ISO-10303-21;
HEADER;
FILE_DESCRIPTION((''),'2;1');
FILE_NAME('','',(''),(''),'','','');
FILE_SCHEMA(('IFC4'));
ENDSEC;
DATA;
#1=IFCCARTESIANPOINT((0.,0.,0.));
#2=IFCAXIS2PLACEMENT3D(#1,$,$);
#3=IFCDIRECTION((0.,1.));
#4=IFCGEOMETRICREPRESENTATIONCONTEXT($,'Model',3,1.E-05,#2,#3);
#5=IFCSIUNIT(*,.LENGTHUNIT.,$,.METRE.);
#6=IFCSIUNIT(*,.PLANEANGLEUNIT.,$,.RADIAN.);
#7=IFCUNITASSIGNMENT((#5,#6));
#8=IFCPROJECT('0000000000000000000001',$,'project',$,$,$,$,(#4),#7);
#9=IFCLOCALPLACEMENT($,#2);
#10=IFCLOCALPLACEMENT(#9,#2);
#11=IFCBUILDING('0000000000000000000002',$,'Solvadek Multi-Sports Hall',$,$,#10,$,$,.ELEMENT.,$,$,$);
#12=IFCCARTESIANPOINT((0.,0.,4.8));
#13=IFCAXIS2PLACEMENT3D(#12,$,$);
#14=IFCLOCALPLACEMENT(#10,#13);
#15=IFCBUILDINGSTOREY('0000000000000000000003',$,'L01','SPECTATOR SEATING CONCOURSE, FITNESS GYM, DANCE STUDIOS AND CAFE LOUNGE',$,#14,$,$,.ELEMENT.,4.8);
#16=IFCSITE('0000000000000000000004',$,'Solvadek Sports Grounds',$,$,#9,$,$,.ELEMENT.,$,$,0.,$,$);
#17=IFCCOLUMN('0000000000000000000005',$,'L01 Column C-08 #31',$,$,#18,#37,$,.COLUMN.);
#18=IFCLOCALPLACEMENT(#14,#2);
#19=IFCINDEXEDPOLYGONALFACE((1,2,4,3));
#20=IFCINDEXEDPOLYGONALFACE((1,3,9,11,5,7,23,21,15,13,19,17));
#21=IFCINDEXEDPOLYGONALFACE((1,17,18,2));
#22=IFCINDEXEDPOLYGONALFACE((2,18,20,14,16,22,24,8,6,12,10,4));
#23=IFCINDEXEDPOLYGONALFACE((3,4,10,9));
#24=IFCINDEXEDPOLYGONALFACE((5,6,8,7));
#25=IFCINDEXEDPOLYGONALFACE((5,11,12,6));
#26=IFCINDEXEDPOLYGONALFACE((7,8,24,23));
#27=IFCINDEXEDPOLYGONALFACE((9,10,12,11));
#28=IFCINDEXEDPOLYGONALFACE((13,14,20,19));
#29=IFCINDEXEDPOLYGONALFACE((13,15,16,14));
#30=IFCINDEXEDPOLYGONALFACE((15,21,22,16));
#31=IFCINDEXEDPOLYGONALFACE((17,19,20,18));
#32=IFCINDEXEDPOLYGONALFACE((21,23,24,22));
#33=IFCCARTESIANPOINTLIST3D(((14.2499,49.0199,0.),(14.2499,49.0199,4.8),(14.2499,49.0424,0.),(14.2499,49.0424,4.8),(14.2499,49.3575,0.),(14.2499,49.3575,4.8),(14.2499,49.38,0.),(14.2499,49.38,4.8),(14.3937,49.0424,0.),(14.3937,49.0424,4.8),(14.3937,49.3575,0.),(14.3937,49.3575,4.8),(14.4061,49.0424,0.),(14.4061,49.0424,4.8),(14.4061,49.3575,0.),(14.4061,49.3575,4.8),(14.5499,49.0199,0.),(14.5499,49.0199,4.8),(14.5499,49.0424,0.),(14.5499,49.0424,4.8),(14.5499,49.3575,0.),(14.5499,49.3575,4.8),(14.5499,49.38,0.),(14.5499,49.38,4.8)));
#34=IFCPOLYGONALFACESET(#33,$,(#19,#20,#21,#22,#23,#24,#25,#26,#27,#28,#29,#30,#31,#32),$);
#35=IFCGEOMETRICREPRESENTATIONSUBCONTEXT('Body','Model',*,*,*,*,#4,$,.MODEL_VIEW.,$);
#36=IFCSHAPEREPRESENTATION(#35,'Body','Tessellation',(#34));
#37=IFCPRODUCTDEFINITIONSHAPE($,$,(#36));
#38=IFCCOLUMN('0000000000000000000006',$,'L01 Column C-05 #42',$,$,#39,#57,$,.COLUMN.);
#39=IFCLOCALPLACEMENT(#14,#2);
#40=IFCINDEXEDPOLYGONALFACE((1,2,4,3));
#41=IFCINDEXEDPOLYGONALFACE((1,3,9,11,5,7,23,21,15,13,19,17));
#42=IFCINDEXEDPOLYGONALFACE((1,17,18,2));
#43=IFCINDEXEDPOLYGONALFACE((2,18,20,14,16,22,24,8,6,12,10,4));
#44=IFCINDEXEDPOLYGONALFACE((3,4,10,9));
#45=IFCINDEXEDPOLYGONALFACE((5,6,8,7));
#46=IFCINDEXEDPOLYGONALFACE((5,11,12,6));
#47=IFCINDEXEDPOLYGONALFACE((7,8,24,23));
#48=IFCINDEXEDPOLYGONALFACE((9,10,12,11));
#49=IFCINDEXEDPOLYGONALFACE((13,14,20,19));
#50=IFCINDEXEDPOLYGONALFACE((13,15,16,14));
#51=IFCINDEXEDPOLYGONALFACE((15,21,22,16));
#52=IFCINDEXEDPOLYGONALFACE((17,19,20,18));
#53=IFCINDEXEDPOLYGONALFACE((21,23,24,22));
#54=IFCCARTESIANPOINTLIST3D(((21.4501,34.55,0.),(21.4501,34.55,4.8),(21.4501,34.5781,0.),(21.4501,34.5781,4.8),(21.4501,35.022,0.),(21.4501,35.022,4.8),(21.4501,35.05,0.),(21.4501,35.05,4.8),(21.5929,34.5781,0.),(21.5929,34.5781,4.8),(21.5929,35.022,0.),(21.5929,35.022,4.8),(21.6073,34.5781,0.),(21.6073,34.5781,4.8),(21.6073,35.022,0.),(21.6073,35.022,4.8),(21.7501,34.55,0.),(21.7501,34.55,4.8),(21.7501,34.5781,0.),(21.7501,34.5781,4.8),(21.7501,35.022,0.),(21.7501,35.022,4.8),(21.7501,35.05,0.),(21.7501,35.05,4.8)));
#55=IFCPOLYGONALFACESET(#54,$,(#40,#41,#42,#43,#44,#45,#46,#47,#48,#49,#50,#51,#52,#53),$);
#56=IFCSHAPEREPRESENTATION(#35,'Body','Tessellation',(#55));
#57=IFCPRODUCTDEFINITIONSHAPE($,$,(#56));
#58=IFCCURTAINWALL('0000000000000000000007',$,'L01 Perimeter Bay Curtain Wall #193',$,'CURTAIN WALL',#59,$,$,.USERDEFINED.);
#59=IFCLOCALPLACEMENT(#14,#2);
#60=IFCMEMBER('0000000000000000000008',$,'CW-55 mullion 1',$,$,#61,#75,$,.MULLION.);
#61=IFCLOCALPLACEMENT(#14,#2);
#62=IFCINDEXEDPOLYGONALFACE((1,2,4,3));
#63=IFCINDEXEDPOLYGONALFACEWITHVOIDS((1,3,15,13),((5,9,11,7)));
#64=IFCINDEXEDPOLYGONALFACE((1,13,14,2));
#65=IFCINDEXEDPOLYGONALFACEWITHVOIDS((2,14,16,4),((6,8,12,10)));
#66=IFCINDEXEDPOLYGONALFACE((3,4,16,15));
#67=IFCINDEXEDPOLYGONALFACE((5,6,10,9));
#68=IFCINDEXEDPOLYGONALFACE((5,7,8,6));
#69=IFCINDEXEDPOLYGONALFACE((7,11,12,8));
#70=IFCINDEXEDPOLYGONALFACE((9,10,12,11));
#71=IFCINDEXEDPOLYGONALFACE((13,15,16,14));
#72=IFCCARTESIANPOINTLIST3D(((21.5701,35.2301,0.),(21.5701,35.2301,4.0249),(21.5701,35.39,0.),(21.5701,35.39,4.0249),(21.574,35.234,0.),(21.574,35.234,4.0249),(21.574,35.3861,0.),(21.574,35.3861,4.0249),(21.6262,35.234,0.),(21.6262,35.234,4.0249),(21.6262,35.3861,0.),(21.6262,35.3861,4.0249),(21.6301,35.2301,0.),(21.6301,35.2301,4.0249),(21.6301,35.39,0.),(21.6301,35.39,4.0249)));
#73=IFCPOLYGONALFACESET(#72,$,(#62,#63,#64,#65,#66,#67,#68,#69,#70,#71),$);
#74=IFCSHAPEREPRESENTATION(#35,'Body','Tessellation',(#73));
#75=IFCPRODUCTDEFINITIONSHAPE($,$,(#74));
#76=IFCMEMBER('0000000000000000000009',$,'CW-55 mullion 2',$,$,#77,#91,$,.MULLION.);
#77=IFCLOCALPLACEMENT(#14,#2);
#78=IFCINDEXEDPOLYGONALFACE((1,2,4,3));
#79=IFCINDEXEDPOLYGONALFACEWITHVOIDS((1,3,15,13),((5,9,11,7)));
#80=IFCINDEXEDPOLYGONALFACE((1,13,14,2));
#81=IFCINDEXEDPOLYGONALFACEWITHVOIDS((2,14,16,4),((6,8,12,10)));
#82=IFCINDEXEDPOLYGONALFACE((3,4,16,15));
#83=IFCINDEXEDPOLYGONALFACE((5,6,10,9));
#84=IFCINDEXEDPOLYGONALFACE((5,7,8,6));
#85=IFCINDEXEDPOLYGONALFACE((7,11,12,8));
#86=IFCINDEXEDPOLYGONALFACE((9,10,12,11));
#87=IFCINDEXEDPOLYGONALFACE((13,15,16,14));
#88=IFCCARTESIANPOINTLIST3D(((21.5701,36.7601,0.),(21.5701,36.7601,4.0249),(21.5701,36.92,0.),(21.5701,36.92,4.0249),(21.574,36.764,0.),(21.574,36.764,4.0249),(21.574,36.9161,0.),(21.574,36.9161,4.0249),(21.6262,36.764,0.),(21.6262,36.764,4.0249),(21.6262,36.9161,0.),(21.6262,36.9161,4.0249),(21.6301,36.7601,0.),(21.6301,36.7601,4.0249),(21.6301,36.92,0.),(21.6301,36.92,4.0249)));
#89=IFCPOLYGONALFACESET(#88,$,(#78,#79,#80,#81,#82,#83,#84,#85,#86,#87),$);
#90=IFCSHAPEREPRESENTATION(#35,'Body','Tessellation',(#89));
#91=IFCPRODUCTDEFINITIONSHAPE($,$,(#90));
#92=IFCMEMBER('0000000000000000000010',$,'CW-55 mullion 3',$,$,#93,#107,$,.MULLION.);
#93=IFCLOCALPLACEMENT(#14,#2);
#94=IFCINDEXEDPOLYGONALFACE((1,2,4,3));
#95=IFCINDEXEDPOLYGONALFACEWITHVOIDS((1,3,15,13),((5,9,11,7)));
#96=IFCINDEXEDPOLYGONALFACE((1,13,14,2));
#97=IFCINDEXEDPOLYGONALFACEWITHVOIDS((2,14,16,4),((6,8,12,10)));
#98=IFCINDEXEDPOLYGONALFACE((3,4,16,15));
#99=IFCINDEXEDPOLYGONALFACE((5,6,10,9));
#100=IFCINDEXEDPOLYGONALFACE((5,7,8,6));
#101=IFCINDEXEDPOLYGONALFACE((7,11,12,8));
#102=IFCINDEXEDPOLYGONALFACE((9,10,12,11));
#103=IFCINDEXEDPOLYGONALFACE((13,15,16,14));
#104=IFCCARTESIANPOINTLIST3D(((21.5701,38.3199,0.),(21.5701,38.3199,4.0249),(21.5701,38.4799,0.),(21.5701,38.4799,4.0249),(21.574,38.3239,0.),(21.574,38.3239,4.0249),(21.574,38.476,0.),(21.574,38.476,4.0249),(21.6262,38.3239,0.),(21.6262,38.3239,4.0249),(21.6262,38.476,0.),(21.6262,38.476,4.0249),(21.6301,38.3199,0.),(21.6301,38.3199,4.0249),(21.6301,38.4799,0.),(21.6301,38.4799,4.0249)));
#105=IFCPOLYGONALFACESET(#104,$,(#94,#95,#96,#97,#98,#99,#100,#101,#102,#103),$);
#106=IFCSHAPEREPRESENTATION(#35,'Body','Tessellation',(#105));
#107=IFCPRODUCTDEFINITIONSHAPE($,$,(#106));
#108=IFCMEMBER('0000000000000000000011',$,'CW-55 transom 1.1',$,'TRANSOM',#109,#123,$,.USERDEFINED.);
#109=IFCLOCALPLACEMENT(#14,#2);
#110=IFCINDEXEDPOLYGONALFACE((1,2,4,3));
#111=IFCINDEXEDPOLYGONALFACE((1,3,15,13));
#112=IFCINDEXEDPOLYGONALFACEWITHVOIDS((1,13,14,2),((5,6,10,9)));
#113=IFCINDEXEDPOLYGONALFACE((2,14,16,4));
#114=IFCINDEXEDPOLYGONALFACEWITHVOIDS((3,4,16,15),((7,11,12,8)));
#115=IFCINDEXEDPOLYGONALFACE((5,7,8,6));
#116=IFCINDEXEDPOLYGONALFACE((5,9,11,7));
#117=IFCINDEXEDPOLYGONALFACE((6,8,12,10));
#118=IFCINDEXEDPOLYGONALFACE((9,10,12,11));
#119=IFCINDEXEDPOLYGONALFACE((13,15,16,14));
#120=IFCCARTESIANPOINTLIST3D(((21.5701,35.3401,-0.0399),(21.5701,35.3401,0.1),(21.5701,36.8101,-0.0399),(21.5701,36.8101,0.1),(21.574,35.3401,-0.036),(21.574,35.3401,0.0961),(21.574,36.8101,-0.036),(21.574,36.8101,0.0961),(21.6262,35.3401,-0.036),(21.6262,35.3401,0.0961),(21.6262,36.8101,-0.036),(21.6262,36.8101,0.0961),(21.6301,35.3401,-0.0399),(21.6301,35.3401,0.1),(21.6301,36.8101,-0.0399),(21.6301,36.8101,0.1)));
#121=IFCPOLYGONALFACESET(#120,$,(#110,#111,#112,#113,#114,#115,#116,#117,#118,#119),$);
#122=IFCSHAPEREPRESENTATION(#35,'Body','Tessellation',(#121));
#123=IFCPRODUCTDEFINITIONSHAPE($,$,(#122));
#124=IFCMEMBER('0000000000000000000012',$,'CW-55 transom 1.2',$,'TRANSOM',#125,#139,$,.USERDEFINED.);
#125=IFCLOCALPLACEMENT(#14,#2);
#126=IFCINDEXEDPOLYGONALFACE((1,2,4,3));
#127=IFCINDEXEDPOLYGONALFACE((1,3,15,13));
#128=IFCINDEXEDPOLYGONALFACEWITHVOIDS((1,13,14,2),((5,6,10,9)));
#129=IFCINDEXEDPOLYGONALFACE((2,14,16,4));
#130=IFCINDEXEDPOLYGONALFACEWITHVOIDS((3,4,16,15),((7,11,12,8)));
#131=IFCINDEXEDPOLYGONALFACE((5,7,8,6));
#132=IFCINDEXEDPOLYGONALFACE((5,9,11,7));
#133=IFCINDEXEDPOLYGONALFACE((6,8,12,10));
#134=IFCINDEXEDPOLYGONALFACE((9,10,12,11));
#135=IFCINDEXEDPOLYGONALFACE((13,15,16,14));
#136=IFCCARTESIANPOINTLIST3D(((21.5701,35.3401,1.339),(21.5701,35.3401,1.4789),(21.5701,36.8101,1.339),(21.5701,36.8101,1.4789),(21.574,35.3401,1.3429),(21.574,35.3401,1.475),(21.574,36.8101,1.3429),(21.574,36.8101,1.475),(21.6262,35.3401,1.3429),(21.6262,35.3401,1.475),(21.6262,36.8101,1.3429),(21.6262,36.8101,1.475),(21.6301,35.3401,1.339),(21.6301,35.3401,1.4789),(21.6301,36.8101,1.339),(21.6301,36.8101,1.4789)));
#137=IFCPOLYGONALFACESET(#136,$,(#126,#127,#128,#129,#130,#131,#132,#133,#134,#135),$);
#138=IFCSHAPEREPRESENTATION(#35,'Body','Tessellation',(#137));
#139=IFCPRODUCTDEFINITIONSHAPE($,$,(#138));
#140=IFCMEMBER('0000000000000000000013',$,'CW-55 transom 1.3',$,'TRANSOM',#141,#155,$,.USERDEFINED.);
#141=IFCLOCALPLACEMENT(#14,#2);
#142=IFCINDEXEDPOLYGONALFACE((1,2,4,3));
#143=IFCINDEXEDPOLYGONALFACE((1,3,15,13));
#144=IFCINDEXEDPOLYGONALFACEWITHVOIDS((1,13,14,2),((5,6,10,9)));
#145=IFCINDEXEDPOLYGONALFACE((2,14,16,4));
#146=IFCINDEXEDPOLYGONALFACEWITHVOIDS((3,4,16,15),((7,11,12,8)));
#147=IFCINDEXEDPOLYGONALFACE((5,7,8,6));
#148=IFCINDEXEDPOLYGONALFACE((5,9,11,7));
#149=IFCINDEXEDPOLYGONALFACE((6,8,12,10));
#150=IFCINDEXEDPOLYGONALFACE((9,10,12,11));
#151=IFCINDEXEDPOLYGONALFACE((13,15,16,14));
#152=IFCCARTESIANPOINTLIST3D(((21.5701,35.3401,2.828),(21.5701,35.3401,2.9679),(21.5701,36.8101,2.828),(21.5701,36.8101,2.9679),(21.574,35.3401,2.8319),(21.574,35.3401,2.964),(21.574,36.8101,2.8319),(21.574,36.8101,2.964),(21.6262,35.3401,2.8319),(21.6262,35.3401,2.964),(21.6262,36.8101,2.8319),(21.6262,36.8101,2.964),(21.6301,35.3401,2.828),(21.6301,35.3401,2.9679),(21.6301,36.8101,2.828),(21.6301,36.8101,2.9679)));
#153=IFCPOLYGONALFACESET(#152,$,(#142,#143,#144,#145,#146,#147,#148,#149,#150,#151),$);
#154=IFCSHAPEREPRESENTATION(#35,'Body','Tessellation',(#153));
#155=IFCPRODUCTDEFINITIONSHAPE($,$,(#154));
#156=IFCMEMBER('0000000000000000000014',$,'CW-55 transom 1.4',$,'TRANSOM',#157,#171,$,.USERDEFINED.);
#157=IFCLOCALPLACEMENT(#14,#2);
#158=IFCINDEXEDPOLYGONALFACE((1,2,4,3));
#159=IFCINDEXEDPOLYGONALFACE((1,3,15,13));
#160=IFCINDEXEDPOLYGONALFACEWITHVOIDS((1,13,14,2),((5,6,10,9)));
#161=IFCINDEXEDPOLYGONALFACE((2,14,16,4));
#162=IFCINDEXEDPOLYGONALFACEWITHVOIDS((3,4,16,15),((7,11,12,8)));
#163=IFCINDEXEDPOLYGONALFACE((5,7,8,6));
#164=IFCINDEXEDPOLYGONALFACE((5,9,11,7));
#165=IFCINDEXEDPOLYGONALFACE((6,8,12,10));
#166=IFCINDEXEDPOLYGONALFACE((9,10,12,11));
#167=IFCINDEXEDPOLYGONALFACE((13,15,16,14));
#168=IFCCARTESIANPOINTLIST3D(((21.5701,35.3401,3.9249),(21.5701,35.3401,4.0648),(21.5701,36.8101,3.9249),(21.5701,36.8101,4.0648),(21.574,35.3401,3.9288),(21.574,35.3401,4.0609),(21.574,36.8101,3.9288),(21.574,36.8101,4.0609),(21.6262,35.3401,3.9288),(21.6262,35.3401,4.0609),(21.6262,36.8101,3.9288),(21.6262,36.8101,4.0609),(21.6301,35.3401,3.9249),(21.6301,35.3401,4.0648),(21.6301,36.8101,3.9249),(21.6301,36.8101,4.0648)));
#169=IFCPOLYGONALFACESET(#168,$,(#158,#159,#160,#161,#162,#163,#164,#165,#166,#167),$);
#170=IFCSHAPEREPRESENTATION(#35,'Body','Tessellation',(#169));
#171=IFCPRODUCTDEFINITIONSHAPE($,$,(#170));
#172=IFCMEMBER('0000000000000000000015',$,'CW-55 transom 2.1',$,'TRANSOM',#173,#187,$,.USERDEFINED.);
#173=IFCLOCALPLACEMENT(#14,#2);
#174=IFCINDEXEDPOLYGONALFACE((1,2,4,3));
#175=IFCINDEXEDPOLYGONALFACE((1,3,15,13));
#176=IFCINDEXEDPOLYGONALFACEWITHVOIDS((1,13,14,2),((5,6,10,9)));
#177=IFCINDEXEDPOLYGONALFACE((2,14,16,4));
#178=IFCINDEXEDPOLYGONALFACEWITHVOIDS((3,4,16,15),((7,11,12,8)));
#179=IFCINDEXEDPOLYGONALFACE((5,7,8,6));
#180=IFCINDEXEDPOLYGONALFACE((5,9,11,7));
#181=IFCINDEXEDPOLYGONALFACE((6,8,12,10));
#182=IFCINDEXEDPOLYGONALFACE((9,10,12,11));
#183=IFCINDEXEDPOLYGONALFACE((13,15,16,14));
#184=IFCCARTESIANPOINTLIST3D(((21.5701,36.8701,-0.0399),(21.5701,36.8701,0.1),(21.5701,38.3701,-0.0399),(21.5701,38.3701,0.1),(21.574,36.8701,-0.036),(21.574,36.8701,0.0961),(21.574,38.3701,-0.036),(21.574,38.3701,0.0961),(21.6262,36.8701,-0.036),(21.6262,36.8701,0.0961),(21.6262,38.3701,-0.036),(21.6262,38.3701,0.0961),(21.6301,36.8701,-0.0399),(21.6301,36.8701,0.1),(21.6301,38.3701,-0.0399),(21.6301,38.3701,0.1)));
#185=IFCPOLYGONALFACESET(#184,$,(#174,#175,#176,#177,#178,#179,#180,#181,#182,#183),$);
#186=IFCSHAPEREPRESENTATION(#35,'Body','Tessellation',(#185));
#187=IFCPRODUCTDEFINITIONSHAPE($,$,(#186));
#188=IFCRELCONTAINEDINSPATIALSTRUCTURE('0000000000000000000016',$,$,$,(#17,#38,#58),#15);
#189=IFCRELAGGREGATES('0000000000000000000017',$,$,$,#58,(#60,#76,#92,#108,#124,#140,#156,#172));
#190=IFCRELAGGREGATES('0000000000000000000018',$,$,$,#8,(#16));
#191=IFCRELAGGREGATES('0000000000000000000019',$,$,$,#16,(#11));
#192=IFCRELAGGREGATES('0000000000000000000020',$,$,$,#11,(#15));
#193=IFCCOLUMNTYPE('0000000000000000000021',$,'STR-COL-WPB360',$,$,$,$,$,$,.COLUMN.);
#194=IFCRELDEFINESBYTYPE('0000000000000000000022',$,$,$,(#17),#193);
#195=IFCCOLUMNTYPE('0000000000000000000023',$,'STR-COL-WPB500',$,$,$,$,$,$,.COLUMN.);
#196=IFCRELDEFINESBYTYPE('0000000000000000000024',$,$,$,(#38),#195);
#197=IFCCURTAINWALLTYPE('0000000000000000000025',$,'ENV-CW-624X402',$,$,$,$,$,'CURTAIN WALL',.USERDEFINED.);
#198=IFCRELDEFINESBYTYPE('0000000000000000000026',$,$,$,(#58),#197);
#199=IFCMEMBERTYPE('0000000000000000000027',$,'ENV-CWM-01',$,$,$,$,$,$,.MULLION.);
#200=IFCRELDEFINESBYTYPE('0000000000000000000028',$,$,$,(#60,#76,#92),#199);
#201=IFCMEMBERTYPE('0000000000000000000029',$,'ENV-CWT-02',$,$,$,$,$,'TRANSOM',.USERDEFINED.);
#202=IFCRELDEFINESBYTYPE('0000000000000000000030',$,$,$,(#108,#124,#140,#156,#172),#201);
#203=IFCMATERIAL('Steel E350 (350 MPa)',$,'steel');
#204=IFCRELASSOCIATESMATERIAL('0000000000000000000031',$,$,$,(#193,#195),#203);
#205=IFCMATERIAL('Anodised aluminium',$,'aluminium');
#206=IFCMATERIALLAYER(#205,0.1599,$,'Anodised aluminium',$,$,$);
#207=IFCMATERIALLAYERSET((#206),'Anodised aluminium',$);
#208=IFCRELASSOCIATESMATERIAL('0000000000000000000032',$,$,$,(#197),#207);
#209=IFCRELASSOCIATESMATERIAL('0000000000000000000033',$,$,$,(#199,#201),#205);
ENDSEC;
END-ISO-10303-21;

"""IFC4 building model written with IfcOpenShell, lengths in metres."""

from ifc_helpers import new_model, si_unit, direction, frame, origin, origin_2d, place, context, subcontext, project, spatial, hollow_rectangle, i_section, extrude, material, layer, layer_set, material_profile, profile_set, type_object, element, aggregate, save


model = new_model("IFC4")

# Units and contexts
model_context = context("Model", 3, precision=1e-05, world=origin(), true_north=direction((0.0, 1.0)))
body_context = subcontext(model_context, "Body", "Model", "MODEL_VIEW")
ifc_project = project(units=[si_unit("LENGTHUNIT", "METRE"), si_unit("PLANEANGLEUNIT", "RADIAN")], contexts=[model_context])

# Site, building, storey
site_placement = place(None, origin())
site = spatial("IfcSite", under=ifc_project, at=site_placement, Name="Solvadek Sports Grounds", CompositionType="ELEMENT", RefElevation=0.0)
building_placement = place(site_placement, origin())
building = spatial("IfcBuilding", under=site, at=building_placement, Name="Solvadek Multi-Sports Hall", CompositionType="ELEMENT")
storey_placement = place(building_placement, frame((0.0, 0.0, 4.8)))
storey = spatial("IfcBuildingStorey", under=building, at=storey_placement, Name="L01", Description="SPECTATOR SEATING CONCOURSE, FITNESS GYM, DANCE STUDIOS AND CAFE LOUNGE", CompositionType="ELEMENT", Elevation=4.8)

# Columns
ifc_material_1 = material(Name="Steel E350 (350 MPa)", Category="steel")
ifc_material_profile_1 = material_profile(ifc_material_1, i_section(OverallWidth=0.3, OverallDepth=0.3601, WebThickness=0.0125, FlangeThickness=0.0225, at=origin_2d()), Name="WPB 360")
ifc_profile_set_1 = profile_set([ifc_material_profile_1], Name="Steel E350 (350 MPa)")
column_type_1 = type_object("IfcColumnType", Name="STR-COL-WPB360", PredefinedType="COLUMN", material=ifc_profile_set_1)
column_1_placement = place(storey_placement, frame((14.3999, 49.2, 0.0), z_axis=(0.0, 0.0, 1.0), x_axis=(1.0, 0.0, 0.0)))
element("IfcColumn", 1, at=column_1_placement, inside=storey, type_object=column_type_1, Name="L01 Column C-08 #31", PredefinedType="COLUMN", context=body_context, shape_type="SweptSolid", body=[
    extrude(i_section(OverallWidth=0.3, OverallDepth=0.3601, WebThickness=0.0125, FlangeThickness=0.0225, at=origin_2d()), origin(), (0.0, 0.0, 1.0), 4.8),
])
ifc_material_profile_2 = material_profile(ifc_material_1, i_section(OverallWidth=0.3, OverallDepth=0.5, WebThickness=0.0144, FlangeThickness=0.0281, at=origin_2d()), Name="WPB 500")
ifc_profile_set_2 = profile_set([ifc_material_profile_2], Name="Steel E350 (350 MPa)")
column_type_2 = type_object("IfcColumnType", Name="STR-COL-WPB500", PredefinedType="COLUMN", material=ifc_profile_set_2)
column_2_placement = place(storey_placement, frame((21.6001, 34.8, 0.0), z_axis=(0.0, 0.0, 1.0), x_axis=(1.0, 0.0, 0.0)))
element("IfcColumn", 2, at=column_2_placement, inside=storey, type_object=column_type_2, Name="L01 Column C-05 #42", PredefinedType="COLUMN", context=body_context, shape_type="SweptSolid", body=[
    extrude(i_section(OverallWidth=0.3, OverallDepth=0.5, WebThickness=0.0144, FlangeThickness=0.0281, at=origin_2d()), origin(), (0.0, 0.0, 1.0), 4.8),
])

# Curtain wall, members
ifc_material_2 = material(Name="Anodised aluminium", Category="aluminium")
ifc_layer_1 = layer(ifc_material_2, 0.1599, Name="Anodised aluminium")
ifc_layer_set_1 = layer_set([ifc_layer_1], Name="Anodised aluminium")
curtain_wall_type = type_object("IfcCurtainWallType", Name="ENV-CW-624X402", ElementType="CURTAIN WALL", PredefinedType="USERDEFINED", material=ifc_layer_set_1)
curtain_wall_placement = place(storey_placement, origin())
curtain_wall = element("IfcCurtainWall", 3, at=curtain_wall_placement, inside=storey, type_object=curtain_wall_type, Name="L01 Perimeter Bay Curtain Wall #193", ObjectType="CURTAIN WALL", PredefinedType="USERDEFINED")
ifc_material_profile_3 = material_profile(ifc_material_2, hollow_rectangle(XDim=0.0601, YDim=0.1599, WallThickness=0.0039, at=origin_2d()), Name="ALU-M 160x60x4")
ifc_profile_set_3 = profile_set([ifc_material_profile_3], Name="Anodised aluminium")
member_type_1 = type_object("IfcMemberType", Name="ENV-CWM-01", PredefinedType="MULLION", material=ifc_profile_set_3)
member_1_placement = place(storey_placement, frame((21.6001, 35.3101, 0.0), z_axis=(0.0, 0.0, 1.0), x_axis=(-1.0, 0.0, 0.0)))
member_1 = element("IfcMember", 4, at=member_1_placement, type_object=member_type_1, Name="CW-55 mullion 1", PredefinedType="MULLION", context=body_context, shape_type="SweptSolid", body=[
    extrude(hollow_rectangle(XDim=0.0601, YDim=0.1599, WallThickness=0.0039, at=origin_2d()), origin(), (0.0, 0.0, 1.0), 4.0249),
])
member_2_placement = place(storey_placement, frame((21.6001, 36.8401, 0.0), z_axis=(0.0, 0.0, 1.0), x_axis=(-1.0, 0.0, 0.0)))
member_2 = element("IfcMember", 5, at=member_2_placement, type_object=member_type_1, Name="CW-55 mullion 2", PredefinedType="MULLION", context=body_context, shape_type="SweptSolid", body=[
    extrude(hollow_rectangle(XDim=0.0601, YDim=0.1599, WallThickness=0.0039, at=origin_2d()), origin(), (0.0, 0.0, 1.0), 4.0249),
])
member_3_placement = place(storey_placement, frame((21.6001, 38.3999, 0.0), z_axis=(0.0, 0.0, 1.0), x_axis=(-1.0, 0.0, 0.0)))
member_3 = element("IfcMember", 6, at=member_3_placement, type_object=member_type_1, Name="CW-55 mullion 3", PredefinedType="MULLION", context=body_context, shape_type="SweptSolid", body=[
    extrude(hollow_rectangle(XDim=0.0601, YDim=0.1599, WallThickness=0.0039, at=origin_2d()), origin(), (0.0, 0.0, 1.0), 4.0249),
])
ifc_material_profile_4 = material_profile(ifc_material_2, hollow_rectangle(XDim=0.0601, YDim=0.1399, WallThickness=0.0039, at=origin_2d()), Name="ALU-T 140x60x4")
ifc_profile_set_4 = profile_set([ifc_material_profile_4], Name="Anodised aluminium")
member_type_2 = type_object("IfcMemberType", Name="ENV-CWT-02", ElementType="TRANSOM", PredefinedType="USERDEFINED", material=ifc_profile_set_4)
member_4_placement = place(storey_placement, frame((21.6001, 35.3401, 0.03), z_axis=(0.0, 1.0, 0.0), x_axis=(-1.0, 0.0, 0.0)))
member_4 = element("IfcMember", 7, at=member_4_placement, type_object=member_type_2, Name="CW-55 transom 1.1", ObjectType="TRANSOM", PredefinedType="USERDEFINED", context=body_context, shape_type="SweptSolid", body=[
    extrude(hollow_rectangle(XDim=0.0601, YDim=0.1399, WallThickness=0.0039, at=origin_2d()), origin(), (0.0, 0.0, 1.0), 1.47),
])
member_5_placement = place(storey_placement, frame((21.6001, 35.3401, 1.4089), z_axis=(0.0, 1.0, 0.0), x_axis=(-1.0, 0.0, 0.0)))
member_5 = element("IfcMember", 8, at=member_5_placement, type_object=member_type_2, Name="CW-55 transom 1.2", ObjectType="TRANSOM", PredefinedType="USERDEFINED", context=body_context, shape_type="SweptSolid", body=[
    extrude(hollow_rectangle(XDim=0.0601, YDim=0.1399, WallThickness=0.0039, at=origin_2d()), origin(), (0.0, 0.0, 1.0), 1.47),
])
member_6_placement = place(storey_placement, frame((21.6001, 35.3401, 2.8979), z_axis=(0.0, 1.0, 0.0), x_axis=(-1.0, 0.0, 0.0)))
member_6 = element("IfcMember", 9, at=member_6_placement, type_object=member_type_2, Name="CW-55 transom 1.3", ObjectType="TRANSOM", PredefinedType="USERDEFINED", context=body_context, shape_type="SweptSolid", body=[
    extrude(hollow_rectangle(XDim=0.0601, YDim=0.1399, WallThickness=0.0039, at=origin_2d()), origin(), (0.0, 0.0, 1.0), 1.47),
])
member_7_placement = place(storey_placement, frame((21.6001, 35.3401, 3.9949), z_axis=(0.0, 1.0, 0.0), x_axis=(-1.0, 0.0, 0.0)))
member_7 = element("IfcMember", 10, at=member_7_placement, type_object=member_type_2, Name="CW-55 transom 1.4", ObjectType="TRANSOM", PredefinedType="USERDEFINED", context=body_context, shape_type="SweptSolid", body=[
    extrude(hollow_rectangle(XDim=0.0601, YDim=0.1399, WallThickness=0.0039, at=origin_2d()), origin(), (0.0, 0.0, 1.0), 1.47),
])
member_8_placement = place(storey_placement, frame((21.6001, 36.8701, 0.03), z_axis=(0.0, 1.0, 0.0), x_axis=(-1.0, 0.0, 0.0)))
member_8 = element("IfcMember", 11, at=member_8_placement, type_object=member_type_2, Name="CW-55 transom 2.1", ObjectType="TRANSOM", PredefinedType="USERDEFINED", context=body_context, shape_type="SweptSolid", body=[
    extrude(hollow_rectangle(XDim=0.0601, YDim=0.1399, WallThickness=0.0039, at=origin_2d()), origin(), (0.0, 0.0, 1.0), 1.5),
])

aggregate(curtain_wall, [member_1, member_2, member_3, member_4, member_5, member_6, member_7, member_8])

save(model, "model.ifc")
